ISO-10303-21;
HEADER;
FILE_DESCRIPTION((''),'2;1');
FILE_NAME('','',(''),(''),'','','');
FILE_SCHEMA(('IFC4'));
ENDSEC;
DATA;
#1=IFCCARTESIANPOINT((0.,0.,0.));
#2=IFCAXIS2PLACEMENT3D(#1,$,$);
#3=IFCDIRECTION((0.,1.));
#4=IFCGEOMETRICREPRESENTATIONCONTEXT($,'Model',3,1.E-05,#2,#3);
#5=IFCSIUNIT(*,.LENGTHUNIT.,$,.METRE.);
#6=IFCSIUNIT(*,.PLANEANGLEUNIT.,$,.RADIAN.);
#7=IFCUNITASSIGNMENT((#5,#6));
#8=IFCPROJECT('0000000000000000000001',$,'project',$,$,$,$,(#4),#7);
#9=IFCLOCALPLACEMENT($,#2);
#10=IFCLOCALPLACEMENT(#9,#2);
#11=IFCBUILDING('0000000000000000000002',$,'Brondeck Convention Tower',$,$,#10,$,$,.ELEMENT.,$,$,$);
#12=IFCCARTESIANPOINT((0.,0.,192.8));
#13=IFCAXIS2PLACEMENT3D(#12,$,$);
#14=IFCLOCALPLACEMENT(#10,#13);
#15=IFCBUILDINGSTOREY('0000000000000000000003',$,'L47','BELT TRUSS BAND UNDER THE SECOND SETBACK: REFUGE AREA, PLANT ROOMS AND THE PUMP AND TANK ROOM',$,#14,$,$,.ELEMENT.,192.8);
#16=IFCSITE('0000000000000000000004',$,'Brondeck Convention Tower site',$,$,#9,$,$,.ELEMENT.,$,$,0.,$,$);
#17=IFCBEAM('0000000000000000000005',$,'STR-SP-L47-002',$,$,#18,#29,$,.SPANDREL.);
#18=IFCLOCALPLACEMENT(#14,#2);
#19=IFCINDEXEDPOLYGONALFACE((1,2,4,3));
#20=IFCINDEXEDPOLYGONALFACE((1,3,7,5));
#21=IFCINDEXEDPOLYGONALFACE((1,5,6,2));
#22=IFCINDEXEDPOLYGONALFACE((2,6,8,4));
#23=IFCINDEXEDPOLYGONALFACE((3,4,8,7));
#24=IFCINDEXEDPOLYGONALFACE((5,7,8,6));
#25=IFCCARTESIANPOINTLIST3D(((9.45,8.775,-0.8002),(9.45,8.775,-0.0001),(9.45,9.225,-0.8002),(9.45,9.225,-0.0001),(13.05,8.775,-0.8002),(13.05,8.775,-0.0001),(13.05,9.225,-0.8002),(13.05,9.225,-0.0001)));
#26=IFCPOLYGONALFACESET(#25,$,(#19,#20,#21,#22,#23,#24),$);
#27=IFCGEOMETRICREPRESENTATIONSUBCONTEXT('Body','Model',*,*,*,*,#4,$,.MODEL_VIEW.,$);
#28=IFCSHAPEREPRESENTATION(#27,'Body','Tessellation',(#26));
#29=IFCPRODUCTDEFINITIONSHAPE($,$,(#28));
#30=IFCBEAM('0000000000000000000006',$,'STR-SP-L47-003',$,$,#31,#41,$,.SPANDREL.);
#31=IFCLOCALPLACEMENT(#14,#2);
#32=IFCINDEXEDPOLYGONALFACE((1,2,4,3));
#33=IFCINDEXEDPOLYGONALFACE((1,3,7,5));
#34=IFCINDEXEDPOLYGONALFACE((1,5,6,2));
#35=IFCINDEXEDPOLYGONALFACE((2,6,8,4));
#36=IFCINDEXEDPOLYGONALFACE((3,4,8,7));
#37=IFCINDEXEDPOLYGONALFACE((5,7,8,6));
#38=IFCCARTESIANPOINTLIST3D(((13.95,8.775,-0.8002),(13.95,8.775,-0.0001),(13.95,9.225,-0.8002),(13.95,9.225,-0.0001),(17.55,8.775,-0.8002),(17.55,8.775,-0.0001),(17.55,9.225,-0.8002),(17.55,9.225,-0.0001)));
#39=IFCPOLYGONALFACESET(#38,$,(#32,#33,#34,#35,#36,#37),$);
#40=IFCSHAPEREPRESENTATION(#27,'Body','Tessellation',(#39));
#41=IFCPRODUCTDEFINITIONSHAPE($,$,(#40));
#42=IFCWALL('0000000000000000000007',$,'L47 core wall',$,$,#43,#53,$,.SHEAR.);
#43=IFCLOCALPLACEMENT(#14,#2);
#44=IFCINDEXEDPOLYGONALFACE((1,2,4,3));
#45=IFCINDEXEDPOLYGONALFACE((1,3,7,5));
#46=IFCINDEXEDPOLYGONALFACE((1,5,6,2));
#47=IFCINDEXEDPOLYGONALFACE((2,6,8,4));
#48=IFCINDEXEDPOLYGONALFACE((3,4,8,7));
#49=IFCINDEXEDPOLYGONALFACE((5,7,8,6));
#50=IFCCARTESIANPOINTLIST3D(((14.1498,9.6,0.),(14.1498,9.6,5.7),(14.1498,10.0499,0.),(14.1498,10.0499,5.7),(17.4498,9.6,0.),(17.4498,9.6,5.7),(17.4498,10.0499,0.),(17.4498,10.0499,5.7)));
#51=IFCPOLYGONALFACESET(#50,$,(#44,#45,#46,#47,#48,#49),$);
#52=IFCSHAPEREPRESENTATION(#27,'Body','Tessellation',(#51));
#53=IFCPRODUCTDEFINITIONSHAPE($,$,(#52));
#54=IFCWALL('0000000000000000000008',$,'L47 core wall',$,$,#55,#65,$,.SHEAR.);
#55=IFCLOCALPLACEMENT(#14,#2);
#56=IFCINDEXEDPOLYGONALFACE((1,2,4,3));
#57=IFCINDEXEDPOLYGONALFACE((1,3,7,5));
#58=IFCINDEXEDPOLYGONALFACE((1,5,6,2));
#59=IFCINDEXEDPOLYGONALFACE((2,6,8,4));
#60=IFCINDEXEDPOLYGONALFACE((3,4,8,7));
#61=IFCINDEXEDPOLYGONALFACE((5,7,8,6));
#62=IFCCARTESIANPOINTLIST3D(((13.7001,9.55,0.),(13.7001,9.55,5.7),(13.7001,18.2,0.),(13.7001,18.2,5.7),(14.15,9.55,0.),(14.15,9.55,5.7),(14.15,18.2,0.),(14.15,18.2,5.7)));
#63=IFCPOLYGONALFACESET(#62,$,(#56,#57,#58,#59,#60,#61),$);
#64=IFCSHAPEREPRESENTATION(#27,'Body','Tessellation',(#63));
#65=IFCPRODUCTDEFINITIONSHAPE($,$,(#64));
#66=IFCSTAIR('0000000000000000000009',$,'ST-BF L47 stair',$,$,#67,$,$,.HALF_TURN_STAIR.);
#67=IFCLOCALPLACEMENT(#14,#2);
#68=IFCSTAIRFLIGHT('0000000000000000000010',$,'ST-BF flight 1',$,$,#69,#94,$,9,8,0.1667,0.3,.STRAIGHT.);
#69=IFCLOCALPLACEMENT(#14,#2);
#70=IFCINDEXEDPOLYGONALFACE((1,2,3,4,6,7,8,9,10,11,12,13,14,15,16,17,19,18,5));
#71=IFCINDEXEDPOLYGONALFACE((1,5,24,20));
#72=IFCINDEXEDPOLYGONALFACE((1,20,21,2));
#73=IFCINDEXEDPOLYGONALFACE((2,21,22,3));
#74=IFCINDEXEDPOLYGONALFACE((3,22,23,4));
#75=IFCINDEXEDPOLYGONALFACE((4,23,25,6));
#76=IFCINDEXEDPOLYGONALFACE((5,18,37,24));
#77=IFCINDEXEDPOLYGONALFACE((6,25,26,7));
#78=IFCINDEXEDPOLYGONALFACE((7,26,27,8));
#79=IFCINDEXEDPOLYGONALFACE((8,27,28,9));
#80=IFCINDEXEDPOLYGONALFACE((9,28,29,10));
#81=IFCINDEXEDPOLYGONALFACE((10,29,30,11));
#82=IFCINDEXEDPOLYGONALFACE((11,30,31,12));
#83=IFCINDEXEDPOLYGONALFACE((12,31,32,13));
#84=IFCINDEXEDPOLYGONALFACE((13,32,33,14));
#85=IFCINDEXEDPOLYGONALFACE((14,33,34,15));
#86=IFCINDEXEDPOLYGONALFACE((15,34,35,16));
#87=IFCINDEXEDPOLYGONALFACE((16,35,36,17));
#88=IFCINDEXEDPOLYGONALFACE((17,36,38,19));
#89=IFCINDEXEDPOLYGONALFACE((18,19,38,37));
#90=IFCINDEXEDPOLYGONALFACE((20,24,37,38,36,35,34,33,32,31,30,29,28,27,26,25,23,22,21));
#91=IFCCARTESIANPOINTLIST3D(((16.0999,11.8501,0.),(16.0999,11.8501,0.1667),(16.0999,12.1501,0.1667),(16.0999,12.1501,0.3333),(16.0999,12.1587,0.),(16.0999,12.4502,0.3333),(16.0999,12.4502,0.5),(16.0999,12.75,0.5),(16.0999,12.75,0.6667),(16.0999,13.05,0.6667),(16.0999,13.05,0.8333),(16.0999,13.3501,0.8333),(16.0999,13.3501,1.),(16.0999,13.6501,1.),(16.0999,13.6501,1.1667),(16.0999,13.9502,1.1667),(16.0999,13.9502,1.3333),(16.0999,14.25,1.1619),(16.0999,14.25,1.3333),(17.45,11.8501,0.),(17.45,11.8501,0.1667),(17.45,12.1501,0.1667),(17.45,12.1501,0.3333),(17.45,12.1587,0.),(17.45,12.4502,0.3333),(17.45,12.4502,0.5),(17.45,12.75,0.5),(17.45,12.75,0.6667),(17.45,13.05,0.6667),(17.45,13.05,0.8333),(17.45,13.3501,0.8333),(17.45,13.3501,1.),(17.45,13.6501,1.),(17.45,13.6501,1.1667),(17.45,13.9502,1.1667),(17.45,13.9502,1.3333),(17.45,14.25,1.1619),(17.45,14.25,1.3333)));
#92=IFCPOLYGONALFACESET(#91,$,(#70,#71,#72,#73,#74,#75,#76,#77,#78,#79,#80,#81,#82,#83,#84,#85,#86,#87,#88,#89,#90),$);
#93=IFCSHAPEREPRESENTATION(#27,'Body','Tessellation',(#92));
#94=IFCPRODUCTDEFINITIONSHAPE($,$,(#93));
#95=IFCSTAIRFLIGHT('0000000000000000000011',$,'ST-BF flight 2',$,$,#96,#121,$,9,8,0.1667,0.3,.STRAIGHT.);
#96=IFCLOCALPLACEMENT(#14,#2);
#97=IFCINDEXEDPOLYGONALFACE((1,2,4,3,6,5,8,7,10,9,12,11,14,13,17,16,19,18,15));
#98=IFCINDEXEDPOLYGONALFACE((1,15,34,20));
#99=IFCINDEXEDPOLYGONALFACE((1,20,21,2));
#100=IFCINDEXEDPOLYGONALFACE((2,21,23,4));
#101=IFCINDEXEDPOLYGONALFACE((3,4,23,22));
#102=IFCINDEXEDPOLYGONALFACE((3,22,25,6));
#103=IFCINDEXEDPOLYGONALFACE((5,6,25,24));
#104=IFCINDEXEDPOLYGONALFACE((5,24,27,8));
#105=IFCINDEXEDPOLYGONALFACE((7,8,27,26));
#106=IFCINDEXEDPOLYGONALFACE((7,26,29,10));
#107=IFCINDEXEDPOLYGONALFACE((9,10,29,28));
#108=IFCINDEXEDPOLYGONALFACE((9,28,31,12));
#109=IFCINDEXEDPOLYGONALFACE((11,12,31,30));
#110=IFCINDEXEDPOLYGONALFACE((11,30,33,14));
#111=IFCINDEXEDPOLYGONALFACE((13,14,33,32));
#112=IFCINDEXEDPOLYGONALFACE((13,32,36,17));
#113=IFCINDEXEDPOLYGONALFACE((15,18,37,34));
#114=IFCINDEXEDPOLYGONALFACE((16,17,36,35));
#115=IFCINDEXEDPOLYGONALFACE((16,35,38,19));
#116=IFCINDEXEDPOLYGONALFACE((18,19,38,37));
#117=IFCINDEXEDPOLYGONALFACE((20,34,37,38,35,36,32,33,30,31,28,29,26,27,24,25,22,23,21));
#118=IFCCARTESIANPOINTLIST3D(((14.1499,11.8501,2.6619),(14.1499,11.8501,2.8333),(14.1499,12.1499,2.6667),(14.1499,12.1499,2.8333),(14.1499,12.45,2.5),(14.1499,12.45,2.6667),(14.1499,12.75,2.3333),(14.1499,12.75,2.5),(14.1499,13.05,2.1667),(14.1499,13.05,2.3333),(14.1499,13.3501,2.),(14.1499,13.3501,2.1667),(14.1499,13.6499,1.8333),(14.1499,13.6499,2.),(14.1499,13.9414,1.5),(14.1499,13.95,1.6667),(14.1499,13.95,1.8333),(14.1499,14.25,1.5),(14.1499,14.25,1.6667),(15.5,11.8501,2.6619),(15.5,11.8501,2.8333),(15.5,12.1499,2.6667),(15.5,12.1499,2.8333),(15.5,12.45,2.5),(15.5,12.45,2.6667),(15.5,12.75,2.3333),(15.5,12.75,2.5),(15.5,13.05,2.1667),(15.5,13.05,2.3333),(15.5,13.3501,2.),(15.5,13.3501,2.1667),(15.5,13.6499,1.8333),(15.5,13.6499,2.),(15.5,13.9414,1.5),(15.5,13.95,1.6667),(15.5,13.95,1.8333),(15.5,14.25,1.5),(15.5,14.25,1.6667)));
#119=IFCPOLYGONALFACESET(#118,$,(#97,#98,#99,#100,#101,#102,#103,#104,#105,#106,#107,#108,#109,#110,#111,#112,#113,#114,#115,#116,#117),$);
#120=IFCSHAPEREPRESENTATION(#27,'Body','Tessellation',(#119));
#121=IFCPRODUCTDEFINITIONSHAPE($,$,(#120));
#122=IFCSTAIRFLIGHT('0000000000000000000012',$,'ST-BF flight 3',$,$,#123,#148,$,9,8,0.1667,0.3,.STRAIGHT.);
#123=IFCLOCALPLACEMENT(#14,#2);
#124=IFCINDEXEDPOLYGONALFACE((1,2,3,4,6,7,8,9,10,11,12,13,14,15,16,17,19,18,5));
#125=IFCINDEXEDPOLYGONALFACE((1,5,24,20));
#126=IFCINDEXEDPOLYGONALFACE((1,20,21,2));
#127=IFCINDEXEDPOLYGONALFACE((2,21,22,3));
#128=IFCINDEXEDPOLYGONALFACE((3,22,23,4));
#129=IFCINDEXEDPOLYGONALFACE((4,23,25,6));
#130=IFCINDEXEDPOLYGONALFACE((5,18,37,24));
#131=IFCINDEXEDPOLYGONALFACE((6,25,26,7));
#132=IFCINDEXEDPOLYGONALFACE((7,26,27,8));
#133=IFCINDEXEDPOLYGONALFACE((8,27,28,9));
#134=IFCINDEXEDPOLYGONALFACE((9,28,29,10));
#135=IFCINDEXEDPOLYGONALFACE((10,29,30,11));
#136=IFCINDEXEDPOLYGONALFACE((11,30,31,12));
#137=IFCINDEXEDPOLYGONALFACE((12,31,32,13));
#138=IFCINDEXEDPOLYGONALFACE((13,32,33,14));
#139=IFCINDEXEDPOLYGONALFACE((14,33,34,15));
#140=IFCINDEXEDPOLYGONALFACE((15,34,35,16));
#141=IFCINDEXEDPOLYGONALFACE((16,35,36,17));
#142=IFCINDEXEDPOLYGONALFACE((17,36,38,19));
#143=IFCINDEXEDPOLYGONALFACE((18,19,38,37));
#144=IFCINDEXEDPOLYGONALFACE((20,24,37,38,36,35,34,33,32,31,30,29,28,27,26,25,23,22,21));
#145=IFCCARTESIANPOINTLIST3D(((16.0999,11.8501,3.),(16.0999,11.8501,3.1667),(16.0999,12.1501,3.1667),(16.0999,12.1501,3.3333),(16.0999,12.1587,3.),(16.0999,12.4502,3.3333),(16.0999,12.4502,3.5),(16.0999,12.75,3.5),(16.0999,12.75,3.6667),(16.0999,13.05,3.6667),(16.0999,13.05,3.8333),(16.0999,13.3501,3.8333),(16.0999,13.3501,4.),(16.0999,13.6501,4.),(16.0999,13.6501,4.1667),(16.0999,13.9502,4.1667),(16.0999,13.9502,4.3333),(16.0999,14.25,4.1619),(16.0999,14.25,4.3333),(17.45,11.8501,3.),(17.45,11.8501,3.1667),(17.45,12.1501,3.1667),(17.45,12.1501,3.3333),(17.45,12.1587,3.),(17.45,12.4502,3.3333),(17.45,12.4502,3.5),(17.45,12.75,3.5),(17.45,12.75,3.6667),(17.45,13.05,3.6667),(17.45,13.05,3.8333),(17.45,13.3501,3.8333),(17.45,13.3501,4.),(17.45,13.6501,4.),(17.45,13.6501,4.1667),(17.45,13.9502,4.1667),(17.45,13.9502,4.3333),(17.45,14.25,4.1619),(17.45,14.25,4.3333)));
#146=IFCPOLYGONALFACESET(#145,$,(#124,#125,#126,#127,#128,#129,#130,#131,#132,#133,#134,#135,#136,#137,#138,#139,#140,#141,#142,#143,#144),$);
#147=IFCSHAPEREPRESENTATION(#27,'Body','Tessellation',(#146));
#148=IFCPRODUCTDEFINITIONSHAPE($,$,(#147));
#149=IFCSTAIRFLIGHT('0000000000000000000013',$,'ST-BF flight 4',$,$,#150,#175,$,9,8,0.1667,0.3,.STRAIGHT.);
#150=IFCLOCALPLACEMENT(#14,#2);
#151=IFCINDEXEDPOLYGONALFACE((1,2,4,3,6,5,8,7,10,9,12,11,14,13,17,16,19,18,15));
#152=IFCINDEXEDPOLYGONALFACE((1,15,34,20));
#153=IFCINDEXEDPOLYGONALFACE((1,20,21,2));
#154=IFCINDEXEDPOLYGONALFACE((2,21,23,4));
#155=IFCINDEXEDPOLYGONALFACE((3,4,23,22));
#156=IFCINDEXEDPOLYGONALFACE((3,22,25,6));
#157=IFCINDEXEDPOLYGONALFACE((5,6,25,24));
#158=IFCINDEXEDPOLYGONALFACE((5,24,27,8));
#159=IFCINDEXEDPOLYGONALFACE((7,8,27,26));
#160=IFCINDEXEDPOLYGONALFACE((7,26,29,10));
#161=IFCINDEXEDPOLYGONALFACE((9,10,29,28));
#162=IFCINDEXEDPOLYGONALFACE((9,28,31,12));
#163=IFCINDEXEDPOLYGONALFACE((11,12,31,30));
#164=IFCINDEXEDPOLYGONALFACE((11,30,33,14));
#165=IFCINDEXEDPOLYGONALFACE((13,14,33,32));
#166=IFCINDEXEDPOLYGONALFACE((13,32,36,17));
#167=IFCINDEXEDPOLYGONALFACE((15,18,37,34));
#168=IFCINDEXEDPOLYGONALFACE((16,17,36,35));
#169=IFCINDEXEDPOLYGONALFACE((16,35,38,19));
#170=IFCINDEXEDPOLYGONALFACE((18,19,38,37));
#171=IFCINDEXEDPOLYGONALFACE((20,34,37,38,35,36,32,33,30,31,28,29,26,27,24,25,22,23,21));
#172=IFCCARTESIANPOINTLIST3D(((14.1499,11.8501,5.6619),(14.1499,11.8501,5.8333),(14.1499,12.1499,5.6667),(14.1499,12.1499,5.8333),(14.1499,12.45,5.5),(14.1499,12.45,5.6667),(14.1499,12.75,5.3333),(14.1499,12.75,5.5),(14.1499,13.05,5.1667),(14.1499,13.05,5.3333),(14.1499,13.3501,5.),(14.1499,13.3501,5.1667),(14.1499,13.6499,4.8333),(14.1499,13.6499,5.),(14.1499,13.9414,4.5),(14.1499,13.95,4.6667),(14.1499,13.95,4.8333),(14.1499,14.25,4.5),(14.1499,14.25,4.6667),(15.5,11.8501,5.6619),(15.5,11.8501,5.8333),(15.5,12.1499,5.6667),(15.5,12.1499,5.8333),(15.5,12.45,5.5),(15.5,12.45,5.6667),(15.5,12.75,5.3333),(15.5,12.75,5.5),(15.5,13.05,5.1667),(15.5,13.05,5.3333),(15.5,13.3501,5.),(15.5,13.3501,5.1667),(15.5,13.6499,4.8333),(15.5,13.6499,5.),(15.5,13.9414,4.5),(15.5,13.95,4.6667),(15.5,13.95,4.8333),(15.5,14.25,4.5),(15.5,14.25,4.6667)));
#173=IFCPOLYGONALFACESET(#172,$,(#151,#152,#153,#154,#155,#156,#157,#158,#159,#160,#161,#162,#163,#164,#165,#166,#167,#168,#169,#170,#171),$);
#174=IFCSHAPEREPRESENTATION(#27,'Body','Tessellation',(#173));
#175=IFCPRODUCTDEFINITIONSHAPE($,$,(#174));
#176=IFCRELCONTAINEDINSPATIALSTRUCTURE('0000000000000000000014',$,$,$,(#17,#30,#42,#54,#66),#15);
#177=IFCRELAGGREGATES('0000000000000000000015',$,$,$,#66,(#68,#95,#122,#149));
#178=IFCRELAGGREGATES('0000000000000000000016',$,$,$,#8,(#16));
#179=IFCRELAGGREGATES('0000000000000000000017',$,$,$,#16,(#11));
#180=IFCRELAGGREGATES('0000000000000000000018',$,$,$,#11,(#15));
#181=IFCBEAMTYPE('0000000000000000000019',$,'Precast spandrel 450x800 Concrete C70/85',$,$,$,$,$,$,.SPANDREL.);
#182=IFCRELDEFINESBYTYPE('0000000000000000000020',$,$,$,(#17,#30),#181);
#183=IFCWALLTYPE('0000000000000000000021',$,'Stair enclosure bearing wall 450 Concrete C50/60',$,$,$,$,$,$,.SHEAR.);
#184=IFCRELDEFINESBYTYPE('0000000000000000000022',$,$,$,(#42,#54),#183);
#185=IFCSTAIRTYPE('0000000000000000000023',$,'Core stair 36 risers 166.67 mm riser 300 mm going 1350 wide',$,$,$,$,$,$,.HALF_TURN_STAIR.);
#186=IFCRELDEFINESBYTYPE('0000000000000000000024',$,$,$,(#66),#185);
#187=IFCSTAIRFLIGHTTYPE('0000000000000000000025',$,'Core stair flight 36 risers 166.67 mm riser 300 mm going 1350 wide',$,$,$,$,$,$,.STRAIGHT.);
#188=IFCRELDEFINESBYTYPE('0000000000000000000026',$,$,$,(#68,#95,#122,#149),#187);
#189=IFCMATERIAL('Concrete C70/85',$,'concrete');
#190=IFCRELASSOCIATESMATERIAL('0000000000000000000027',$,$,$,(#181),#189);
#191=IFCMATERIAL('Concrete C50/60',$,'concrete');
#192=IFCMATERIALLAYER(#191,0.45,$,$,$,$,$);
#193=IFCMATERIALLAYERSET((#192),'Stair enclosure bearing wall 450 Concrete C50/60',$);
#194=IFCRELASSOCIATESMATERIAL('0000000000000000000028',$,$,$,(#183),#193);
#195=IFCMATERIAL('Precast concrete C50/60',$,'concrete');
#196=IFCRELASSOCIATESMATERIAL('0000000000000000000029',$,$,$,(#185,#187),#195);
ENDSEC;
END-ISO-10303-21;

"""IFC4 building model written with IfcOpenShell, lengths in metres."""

from ifc_helpers import new_model, si_unit, direction, frame, frame_2d, origin, origin_2d, place, context, subcontext, project, spatial, polyline, rectangle, outline, extrude, material, layer, layer_set, material_profile, profile_set, type_object, element, aggregate, save


model = new_model("IFC4")

# Units and contexts
model_context = context("Model", 3, precision=1e-05, world=origin(), true_north=direction((0.0, 1.0)))
body_context = subcontext(model_context, "Body", "Model", "MODEL_VIEW")
ifc_project = project(units=[si_unit("LENGTHUNIT", "METRE"), si_unit("PLANEANGLEUNIT", "RADIAN")], contexts=[model_context])

# Site, building, storey
site_placement = place(None, origin())
site = spatial("IfcSite", under=ifc_project, at=site_placement, Name="Brondeck Convention Tower site", CompositionType="ELEMENT", RefElevation=0.0)
building_placement = place(site_placement, origin())
building = spatial("IfcBuilding", under=site, at=building_placement, Name="Brondeck Convention Tower", CompositionType="ELEMENT")
storey_placement = place(building_placement, frame((0.0, 0.0, 192.8)))
storey = spatial("IfcBuildingStorey", under=building, at=storey_placement, Name="L47", Description="BELT TRUSS BAND UNDER THE SECOND SETBACK: REFUGE AREA, PLANT ROOMS AND THE PUMP AND TANK ROOM", CompositionType="ELEMENT", Elevation=192.8)

# Shared definitions
ifc_material_1 = material(Name="Concrete C70/85", Category="concrete")

# Beams
ifc_material_profile_1 = material_profile(ifc_material_1, rectangle(XDim=0.45, YDim=0.8, at=origin_2d()), Name="Precast spandrel 450x800 Concrete C70/85")
ifc_profile_set_1 = profile_set([ifc_material_profile_1], Name="Concrete C70/85")
beam_type_1 = type_object("IfcBeamType", Name="Precast spandrel 450x800 Concrete C70/85", PredefinedType="SPANDREL", material=ifc_profile_set_1)
for number, where, z_axis, x_axis, name in (
    (1, (9.45, 9.0, -0.4001), (1.0, 0.0, 0.0), (0.0, 1.0, 0.0), "STR-SP-L47-002"),
    (2, (13.95, 9.0, -0.4001), (1.0, 0.0, 0.0), (0.0, 1.0, 0.0), "STR-SP-L47-003"),
):
    element("IfcBeam", number, at=place(storey_placement, frame(where, z_axis=z_axis, x_axis=x_axis)), inside=storey, type_object=beam_type_1, Name=name, PredefinedType="SPANDREL", context=body_context, shape_type="SweptSolid", body=[
        extrude(rectangle(XDim=0.45, YDim=0.8, at=origin_2d()), origin(), (0.0, 0.0, 1.0), 3.6001),
    ])

# Walls
ifc_material_2 = material(Name="Concrete C50/60", Category="concrete")
ifc_layer_1 = layer(ifc_material_2, 0.45)
ifc_layer_set_1 = layer_set([ifc_layer_1], Name="Stair enclosure bearing wall 450 Concrete C50/60")
wall_type = type_object("IfcWallType", Name="Stair enclosure bearing wall 450 Concrete C50/60", PredefinedType="SHEAR", material=ifc_layer_set_1)
wall_1_placement = place(storey_placement, frame((14.1499, 9.825, 0.0), z_axis=(0.0, 0.0, 1.0), x_axis=(1.0, 0.0, 0.0)))
element("IfcWall", 3, at=wall_1_placement, inside=storey, type_object=wall_type, Name="L47 core wall", PredefinedType="SHEAR", context=body_context, shape_type="SweptSolid", body=[
    extrude(rectangle(XDim=3.3, YDim=0.45, at=frame_2d((1.6499, 0.0))), origin(), (0.0, 0.0, 1.0), 5.7),
])
wall_2_placement = place(storey_placement, frame((13.925, 9.55, 0.0), z_axis=(0.0, 0.0, 1.0), x_axis=(0.0, 1.0, 0.0)))
element("IfcWall", 4, at=wall_2_placement, inside=storey, type_object=wall_type, Name="L47 core wall", PredefinedType="SHEAR", context=body_context, shape_type="SweptSolid", body=[
    extrude(rectangle(XDim=8.6499, YDim=0.45, at=frame_2d((4.325, 0.0))), origin(), (0.0, 0.0, 1.0), 5.7),
])

# Stair, stair flights
ifc_material_3 = material(Name="Precast concrete C50/60", Category="concrete")
stair_type = type_object("IfcStairType", Name="Core stair 36 risers 166.67 mm riser 300 mm going 1350 wide", PredefinedType="HALF_TURN_STAIR", material=ifc_material_3)
stair_placement = place(storey_placement, origin())
stair = element("IfcStair", 5, at=stair_placement, inside=storey, type_object=stair_type, Name="ST-BF L47 stair", PredefinedType="HALF_TURN_STAIR")
stair_flight_type = type_object("IfcStairFlightType", Name="Core stair flight 36 risers 166.67 mm riser 300 mm going 1350 wide", PredefinedType="STRAIGHT", material=ifc_material_3)
stair_flight_1_placement = place(storey_placement, frame((16.7749, 11.8501, 0.0), z_axis=(0.0, 0.0, 1.0), x_axis=(0.0, 1.0, 0.0)))
stair_flight_1 = element("IfcStairFlight", 6, at=stair_flight_1_placement, type_object=stair_flight_type, Name="ST-BF flight 1", NumberOfRisers=9, NumberOfTreads=8, PredefinedType="STRAIGHT", RiserHeight=0.1667, TreadLength=0.3, context=body_context, shape_type="SweptSolid", body=[
    extrude(outline(polyline([(0.0, 0.0), (0.0, 0.1667), (0.3, 0.1667), (0.3, 0.3333), (0.6001, 0.3333), (0.6001, 0.5), (0.8999, 0.5), (0.8999, 0.6667), (1.2, 0.6667), (1.2, 0.8333), (1.5, 0.8333), (1.5, 1.0), (1.8, 1.0), (1.8, 1.1667), (2.1001, 1.1667), (2.1001, 1.3333), (2.3999, 1.3333), (2.3999, 1.5), (2.3999, 1.1619), (0.3086, 0.0), (0.0, 0.0)])), frame((0.0, 0.675, 0.0), z_axis=(0.0, -1.0, 0.0), x_axis=(1.0, 0.0, 0.0)), (0.0, 0.0, 1.0), 1.3501),
])
stair_flight_2_placement = place(storey_placement, frame((14.825, 14.25, 1.5), z_axis=(0.0, 0.0, 1.0), x_axis=(0.0, -1.0, 0.0)))
stair_flight_2 = element("IfcStairFlight", 7, at=stair_flight_2_placement, type_object=stair_flight_type, Name="ST-BF flight 2", NumberOfRisers=9, NumberOfTreads=8, PredefinedType="STRAIGHT", RiserHeight=0.1667, TreadLength=0.3, context=body_context, shape_type="SweptSolid", body=[
    extrude(outline(polyline([(0.0, 0.0), (0.0, 0.1667), (0.3, 0.1667), (0.3, 0.3333), (0.6001, 0.3333), (0.6001, 0.5), (0.8999, 0.5), (0.8999, 0.6667), (1.2, 0.6667), (1.2, 0.8333), (1.5, 0.8333), (1.5, 1.0), (1.8, 1.0), (1.8, 1.1667), (2.1001, 1.1667), (2.1001, 1.3333), (2.3999, 1.3333), (2.3999, 1.5), (2.3999, 1.1619), (0.3086, 0.0), (0.0, 0.0)])), frame((0.0, 0.675, 0.0), z_axis=(0.0, -1.0, 0.0), x_axis=(1.0, 0.0, 0.0)), (0.0, 0.0, 1.0), 1.3501),
])
stair_flight_3_placement = place(storey_placement, frame((16.7749, 11.8501, 3.0), z_axis=(0.0, 0.0, 1.0), x_axis=(0.0, 1.0, 0.0)))
stair_flight_3 = element("IfcStairFlight", 8, at=stair_flight_3_placement, type_object=stair_flight_type, Name="ST-BF flight 3", NumberOfRisers=9, NumberOfTreads=8, PredefinedType="STRAIGHT", RiserHeight=0.1667, TreadLength=0.3, context=body_context, shape_type="SweptSolid", body=[
    extrude(outline(polyline([(0.0, 0.0), (0.0, 0.1667), (0.3, 0.1667), (0.3, 0.3333), (0.6001, 0.3333), (0.6001, 0.5), (0.8999, 0.5), (0.8999, 0.6667), (1.2, 0.6667), (1.2, 0.8333), (1.5, 0.8333), (1.5, 1.0), (1.8, 1.0), (1.8, 1.1667), (2.1001, 1.1667), (2.1001, 1.3333), (2.3999, 1.3333), (2.3999, 1.5), (2.3999, 1.1619), (0.3086, 0.0), (0.0, 0.0)])), frame((0.0, 0.675, 0.0), z_axis=(0.0, -1.0, 0.0), x_axis=(1.0, 0.0, 0.0)), (0.0, 0.0, 1.0), 1.3501),
])
stair_flight_4_placement = place(storey_placement, frame((14.825, 14.25, 4.5), z_axis=(0.0, 0.0, 1.0), x_axis=(0.0, -1.0, 0.0)))
stair_flight_4 = element("IfcStairFlight", 9, at=stair_flight_4_placement, type_object=stair_flight_type, Name="ST-BF flight 4", NumberOfRisers=9, NumberOfTreads=8, PredefinedType="STRAIGHT", RiserHeight=0.1667, TreadLength=0.3, context=body_context, shape_type="SweptSolid", body=[
    extrude(outline(polyline([(0.0, 0.0), (0.0, 0.1667), (0.3, 0.1667), (0.3, 0.3333), (0.6001, 0.3333), (0.6001, 0.5), (0.8999, 0.5), (0.8999, 0.6667), (1.2, 0.6667), (1.2, 0.8333), (1.5, 0.8333), (1.5, 1.0), (1.8, 1.0), (1.8, 1.1667), (2.1001, 1.1667), (2.1001, 1.3333), (2.3999, 1.3333), (2.3999, 1.5), (2.3999, 1.1619), (0.3086, 0.0), (0.0, 0.0)])), frame((0.0, 0.675, 0.0), z_axis=(0.0, -1.0, 0.0), x_axis=(1.0, 0.0, 0.0)), (0.0, 0.0, 1.0), 1.3501),
])
aggregate(stair, [stair_flight_1, stair_flight_2, stair_flight_3, stair_flight_4])

save(model, "model.ifc")
